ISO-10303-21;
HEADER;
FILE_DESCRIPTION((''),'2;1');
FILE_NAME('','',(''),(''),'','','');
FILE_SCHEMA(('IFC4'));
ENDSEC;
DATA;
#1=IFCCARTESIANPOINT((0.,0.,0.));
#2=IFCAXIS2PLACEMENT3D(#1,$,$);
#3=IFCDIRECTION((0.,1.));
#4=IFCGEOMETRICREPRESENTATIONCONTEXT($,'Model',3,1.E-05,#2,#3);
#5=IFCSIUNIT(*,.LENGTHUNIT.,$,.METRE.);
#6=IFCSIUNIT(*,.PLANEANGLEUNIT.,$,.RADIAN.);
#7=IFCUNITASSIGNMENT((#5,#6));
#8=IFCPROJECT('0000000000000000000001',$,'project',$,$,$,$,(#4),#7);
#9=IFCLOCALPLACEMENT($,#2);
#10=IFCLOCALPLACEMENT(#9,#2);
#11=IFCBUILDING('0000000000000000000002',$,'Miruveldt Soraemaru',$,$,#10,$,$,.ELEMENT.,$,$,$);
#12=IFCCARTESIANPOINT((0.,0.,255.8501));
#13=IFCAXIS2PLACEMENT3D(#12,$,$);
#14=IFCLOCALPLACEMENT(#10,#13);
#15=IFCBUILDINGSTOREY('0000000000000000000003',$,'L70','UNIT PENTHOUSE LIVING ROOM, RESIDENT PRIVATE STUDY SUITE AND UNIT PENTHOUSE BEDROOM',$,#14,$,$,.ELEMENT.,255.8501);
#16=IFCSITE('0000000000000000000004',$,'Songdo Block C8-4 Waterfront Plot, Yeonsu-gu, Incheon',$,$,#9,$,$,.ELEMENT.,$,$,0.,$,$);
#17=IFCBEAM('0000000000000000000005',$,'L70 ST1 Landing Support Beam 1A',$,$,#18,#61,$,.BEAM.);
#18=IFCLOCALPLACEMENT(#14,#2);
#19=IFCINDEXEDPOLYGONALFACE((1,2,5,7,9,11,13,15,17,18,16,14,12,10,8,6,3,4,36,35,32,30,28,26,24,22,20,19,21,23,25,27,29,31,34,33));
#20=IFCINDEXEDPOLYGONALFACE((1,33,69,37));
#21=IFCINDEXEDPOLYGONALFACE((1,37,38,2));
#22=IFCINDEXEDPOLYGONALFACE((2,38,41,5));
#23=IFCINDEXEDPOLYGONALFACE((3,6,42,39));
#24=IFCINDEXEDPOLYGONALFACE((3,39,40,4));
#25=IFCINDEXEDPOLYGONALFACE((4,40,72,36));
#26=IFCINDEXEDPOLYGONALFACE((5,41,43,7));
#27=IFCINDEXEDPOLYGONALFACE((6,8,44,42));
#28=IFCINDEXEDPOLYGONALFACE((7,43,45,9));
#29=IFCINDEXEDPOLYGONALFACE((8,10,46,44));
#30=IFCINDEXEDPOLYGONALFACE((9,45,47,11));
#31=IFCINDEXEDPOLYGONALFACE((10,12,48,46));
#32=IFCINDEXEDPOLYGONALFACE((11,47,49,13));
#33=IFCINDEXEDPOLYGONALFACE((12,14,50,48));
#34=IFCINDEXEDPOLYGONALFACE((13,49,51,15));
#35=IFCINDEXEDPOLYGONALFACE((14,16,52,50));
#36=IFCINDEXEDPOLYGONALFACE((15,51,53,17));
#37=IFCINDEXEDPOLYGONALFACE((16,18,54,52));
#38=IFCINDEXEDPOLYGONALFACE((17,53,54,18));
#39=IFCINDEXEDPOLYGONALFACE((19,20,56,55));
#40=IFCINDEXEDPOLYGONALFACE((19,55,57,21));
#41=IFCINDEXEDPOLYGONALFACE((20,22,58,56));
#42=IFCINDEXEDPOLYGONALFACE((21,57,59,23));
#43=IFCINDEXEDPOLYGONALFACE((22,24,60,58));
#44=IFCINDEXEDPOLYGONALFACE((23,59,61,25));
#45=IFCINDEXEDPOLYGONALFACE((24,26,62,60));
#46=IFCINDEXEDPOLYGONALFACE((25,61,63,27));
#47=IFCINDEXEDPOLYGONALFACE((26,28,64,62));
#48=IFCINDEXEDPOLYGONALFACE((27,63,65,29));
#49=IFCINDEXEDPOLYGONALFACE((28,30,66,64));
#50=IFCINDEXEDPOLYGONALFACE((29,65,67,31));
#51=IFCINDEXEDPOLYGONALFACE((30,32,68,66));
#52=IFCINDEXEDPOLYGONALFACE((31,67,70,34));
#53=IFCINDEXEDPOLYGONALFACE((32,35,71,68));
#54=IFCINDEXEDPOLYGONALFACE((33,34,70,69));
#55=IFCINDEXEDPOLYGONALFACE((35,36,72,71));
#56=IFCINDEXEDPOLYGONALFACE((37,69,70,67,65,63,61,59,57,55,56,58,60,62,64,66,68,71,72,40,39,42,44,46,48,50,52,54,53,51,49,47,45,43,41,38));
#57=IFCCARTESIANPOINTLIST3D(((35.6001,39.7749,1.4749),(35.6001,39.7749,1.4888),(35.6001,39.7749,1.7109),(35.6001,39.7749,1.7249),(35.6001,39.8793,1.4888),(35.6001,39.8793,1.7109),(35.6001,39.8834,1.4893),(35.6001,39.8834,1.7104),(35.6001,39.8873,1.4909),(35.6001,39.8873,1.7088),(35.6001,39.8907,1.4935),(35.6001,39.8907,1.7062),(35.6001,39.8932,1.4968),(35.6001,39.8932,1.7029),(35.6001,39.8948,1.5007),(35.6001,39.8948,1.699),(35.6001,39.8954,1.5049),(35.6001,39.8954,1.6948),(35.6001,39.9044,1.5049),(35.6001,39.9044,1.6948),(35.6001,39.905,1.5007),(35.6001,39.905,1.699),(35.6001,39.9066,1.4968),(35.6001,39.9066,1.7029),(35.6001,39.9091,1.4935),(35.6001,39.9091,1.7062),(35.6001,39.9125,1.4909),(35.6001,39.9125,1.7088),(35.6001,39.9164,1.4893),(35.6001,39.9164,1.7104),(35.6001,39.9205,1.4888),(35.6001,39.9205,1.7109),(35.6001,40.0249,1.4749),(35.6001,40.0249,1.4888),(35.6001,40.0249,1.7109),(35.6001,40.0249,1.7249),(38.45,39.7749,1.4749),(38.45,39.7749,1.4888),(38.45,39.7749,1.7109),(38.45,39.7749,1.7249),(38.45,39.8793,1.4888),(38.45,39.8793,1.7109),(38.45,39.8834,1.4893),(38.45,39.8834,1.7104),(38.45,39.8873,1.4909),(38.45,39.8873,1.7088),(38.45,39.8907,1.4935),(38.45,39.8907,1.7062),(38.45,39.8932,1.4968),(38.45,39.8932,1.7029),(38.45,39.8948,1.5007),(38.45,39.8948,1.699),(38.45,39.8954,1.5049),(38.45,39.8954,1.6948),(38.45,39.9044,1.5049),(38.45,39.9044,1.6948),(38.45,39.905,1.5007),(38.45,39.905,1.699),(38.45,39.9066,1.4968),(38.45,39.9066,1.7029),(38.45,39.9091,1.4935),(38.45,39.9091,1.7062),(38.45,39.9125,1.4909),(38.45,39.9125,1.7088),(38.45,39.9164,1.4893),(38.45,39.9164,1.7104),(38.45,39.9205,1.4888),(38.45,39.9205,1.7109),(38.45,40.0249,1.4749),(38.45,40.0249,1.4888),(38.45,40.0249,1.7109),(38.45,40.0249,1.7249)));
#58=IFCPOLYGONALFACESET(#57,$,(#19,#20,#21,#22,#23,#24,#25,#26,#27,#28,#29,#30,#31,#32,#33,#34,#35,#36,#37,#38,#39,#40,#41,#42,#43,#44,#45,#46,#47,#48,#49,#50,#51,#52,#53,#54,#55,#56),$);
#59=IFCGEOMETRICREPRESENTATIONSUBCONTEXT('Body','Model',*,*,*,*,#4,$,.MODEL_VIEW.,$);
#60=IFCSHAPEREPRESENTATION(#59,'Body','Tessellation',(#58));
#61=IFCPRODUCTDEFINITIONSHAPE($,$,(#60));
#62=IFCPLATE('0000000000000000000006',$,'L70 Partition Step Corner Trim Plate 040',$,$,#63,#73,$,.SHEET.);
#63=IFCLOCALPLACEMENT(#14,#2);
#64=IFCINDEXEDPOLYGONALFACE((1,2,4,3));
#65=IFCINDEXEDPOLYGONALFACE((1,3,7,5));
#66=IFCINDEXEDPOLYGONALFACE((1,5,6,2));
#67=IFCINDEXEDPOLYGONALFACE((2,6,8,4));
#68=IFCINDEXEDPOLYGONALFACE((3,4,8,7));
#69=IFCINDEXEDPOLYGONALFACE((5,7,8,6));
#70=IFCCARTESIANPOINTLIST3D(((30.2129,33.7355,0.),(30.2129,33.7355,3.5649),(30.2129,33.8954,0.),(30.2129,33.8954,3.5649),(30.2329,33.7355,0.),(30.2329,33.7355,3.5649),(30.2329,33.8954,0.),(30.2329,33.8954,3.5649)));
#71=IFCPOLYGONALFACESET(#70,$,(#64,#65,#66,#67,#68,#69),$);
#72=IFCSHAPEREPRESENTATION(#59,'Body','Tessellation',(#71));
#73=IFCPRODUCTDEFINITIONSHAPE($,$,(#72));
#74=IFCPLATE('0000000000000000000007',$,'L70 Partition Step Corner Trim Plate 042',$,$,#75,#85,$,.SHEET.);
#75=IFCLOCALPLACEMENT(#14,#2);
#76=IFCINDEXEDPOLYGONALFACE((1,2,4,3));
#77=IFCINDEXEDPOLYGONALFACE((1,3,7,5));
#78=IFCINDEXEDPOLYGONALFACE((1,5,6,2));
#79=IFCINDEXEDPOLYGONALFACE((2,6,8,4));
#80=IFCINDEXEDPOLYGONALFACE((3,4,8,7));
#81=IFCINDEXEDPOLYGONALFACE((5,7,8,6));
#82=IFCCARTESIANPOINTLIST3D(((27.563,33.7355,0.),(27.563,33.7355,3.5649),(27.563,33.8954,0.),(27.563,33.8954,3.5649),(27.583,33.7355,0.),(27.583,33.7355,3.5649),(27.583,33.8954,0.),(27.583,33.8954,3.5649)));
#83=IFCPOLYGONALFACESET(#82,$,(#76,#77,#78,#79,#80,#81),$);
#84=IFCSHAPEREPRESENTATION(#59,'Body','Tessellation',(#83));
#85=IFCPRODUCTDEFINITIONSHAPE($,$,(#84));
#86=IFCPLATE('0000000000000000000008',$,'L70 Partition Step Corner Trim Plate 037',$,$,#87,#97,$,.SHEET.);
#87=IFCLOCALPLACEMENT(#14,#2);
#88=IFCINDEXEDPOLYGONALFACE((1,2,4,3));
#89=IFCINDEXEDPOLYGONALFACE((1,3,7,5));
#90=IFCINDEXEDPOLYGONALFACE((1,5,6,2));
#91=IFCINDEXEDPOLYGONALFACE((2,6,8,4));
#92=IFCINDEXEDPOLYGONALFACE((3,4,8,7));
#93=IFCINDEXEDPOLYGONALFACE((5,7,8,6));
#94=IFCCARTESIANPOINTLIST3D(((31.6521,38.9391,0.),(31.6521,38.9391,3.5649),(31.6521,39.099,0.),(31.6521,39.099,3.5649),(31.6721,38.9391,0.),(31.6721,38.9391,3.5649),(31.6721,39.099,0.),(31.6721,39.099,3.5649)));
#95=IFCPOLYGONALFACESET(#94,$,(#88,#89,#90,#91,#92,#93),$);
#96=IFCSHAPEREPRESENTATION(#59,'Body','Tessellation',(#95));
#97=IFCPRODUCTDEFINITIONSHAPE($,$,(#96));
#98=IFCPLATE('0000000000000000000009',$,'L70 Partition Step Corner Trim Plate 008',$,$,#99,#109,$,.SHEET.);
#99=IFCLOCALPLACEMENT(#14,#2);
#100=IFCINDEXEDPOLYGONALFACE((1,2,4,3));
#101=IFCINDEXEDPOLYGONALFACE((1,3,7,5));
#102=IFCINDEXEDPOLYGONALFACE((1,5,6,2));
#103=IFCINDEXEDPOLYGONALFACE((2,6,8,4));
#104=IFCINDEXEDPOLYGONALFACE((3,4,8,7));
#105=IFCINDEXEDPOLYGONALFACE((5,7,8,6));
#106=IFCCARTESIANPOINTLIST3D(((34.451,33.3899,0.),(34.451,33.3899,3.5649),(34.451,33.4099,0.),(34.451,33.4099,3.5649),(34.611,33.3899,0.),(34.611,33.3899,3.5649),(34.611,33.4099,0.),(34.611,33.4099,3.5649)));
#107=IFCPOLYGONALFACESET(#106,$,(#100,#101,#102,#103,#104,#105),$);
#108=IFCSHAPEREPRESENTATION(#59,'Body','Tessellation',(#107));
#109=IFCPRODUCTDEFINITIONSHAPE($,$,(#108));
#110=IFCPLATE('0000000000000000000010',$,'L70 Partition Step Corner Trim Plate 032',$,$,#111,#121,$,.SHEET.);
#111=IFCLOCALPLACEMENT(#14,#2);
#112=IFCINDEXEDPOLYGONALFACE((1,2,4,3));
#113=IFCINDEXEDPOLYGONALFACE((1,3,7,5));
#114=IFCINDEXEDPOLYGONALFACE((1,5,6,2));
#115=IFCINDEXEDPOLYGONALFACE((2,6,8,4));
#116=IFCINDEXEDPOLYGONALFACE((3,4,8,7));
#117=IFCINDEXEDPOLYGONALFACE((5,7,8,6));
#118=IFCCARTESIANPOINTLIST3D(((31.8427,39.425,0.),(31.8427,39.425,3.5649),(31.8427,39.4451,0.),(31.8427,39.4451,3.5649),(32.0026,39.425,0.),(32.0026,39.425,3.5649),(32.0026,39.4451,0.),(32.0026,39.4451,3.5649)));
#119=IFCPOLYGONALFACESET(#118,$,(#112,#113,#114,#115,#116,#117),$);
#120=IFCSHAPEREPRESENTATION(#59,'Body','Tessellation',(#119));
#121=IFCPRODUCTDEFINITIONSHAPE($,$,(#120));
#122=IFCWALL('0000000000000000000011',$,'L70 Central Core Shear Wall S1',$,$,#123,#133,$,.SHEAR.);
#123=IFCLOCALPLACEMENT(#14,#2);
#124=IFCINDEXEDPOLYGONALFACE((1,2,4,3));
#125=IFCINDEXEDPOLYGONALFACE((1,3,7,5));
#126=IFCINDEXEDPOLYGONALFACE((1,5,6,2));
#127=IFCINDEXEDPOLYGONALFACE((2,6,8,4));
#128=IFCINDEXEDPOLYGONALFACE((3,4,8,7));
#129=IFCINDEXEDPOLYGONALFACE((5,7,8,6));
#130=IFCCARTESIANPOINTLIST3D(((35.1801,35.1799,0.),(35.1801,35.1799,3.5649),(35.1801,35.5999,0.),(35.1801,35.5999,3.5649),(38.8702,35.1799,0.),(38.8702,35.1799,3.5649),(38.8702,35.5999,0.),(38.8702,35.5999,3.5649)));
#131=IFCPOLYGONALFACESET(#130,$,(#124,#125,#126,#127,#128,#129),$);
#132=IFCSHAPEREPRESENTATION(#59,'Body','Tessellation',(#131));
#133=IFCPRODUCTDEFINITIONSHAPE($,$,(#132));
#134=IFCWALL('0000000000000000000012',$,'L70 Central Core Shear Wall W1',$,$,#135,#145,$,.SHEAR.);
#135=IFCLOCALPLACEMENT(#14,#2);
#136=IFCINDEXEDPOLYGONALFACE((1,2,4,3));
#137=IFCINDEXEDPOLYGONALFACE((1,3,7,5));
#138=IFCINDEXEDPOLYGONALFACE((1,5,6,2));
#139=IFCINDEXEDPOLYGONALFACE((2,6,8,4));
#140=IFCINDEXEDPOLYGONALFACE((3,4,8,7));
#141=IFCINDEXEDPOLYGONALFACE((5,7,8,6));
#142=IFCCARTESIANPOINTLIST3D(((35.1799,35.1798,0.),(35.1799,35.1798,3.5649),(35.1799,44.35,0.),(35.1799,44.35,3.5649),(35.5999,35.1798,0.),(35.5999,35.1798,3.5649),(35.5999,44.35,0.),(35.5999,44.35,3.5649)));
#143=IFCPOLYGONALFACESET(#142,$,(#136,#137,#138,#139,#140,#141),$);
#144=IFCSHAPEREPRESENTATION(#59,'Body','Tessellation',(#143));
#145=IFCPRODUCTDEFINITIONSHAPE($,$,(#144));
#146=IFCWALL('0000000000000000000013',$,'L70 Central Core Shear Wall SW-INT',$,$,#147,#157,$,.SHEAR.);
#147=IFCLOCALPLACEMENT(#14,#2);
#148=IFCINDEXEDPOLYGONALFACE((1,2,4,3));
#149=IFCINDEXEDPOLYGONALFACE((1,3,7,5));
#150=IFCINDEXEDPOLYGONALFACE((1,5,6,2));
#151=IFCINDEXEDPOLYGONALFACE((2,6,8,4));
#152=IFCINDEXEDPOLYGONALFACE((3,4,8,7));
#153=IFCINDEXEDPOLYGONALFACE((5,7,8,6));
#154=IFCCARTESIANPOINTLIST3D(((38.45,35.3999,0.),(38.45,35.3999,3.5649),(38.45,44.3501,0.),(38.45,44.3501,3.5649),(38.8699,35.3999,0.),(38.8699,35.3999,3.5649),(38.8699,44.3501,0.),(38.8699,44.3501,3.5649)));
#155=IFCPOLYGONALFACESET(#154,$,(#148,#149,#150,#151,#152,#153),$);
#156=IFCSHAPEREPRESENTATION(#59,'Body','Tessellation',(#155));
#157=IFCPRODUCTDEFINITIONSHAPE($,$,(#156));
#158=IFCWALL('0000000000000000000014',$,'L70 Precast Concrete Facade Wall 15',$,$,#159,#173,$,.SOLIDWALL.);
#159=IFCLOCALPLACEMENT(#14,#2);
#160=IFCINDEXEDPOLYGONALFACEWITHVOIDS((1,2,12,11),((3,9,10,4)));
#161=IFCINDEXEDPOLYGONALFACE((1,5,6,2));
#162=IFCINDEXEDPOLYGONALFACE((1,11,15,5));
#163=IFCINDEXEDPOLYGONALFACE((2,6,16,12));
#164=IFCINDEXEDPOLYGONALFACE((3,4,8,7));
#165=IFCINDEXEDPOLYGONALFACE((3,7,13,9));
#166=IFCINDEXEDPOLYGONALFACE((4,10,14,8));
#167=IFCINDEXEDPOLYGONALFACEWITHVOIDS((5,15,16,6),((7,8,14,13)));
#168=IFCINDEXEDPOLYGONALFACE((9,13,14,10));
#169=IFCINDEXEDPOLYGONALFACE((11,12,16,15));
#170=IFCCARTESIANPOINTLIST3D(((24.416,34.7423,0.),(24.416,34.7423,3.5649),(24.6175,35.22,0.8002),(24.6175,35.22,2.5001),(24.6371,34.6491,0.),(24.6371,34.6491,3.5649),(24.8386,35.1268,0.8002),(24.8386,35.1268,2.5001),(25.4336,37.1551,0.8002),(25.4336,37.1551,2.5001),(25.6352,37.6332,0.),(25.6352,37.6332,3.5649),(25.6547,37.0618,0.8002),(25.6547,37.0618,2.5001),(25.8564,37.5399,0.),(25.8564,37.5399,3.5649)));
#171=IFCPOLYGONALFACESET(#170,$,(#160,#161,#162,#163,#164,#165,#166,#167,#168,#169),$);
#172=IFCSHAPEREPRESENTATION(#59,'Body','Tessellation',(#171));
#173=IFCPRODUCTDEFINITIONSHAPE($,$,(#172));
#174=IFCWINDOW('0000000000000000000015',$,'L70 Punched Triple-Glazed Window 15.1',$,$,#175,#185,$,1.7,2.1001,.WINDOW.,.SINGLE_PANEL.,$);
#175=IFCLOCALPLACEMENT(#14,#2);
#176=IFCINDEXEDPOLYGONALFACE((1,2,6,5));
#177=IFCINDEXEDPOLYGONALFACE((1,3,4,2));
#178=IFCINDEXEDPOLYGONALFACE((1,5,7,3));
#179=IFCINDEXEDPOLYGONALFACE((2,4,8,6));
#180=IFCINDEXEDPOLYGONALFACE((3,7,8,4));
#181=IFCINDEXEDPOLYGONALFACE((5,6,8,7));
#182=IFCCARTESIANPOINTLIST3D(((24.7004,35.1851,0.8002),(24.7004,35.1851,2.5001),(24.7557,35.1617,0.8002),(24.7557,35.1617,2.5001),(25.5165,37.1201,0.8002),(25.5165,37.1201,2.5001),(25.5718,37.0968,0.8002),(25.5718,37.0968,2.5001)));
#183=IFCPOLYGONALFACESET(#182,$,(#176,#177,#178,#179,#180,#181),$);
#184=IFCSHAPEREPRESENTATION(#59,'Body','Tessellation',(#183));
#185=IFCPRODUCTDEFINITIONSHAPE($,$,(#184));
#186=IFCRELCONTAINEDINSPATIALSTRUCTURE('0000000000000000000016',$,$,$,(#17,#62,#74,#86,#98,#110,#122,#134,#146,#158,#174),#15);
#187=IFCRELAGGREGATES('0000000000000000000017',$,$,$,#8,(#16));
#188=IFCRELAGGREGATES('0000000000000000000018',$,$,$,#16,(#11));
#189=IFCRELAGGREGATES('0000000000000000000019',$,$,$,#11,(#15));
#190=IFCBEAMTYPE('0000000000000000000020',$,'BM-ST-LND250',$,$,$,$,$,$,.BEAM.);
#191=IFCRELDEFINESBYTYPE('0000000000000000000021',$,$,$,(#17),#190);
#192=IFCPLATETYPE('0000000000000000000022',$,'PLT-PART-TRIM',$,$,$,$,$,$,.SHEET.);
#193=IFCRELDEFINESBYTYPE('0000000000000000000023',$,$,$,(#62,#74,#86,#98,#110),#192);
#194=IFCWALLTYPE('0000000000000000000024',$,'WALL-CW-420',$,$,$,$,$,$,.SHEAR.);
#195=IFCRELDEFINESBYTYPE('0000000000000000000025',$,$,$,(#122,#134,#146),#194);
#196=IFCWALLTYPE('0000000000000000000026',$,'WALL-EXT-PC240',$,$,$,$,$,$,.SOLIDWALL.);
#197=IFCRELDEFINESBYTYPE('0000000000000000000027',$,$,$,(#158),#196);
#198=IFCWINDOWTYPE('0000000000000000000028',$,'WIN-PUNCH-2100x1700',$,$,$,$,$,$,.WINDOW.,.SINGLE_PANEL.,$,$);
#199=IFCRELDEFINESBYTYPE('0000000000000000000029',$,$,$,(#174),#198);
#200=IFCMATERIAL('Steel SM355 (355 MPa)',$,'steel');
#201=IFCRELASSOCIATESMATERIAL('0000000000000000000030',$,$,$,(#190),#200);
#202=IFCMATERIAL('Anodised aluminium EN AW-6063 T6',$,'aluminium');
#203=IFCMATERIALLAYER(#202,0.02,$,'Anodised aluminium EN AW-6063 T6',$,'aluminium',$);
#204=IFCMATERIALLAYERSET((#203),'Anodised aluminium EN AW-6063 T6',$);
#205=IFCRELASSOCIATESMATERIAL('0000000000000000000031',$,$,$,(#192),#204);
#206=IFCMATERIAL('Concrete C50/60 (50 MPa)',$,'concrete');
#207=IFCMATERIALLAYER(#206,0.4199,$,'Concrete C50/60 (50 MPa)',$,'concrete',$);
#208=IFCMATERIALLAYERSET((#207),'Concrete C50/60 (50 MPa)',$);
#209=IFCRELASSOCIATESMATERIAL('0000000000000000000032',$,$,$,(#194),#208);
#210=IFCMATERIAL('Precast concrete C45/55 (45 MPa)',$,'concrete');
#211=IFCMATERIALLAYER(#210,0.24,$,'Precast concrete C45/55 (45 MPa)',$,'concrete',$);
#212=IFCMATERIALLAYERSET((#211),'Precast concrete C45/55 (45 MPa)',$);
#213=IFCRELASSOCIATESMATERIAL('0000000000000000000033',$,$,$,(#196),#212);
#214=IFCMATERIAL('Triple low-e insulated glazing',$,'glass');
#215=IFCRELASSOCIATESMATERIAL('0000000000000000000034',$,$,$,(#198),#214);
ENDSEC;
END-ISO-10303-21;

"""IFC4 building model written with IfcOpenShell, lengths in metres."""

from ifc_helpers import new_model, si_unit, direction, frame, frame_2d, origin, origin_2d, place, context, subcontext, project, spatial, rectangle, i_section, extrude, material, layer, layer_set, material_profile, profile_set, type_object, element, fill, save


model = new_model("IFC4")

# Units and contexts
model_context = context("Model", 3, precision=1e-05, world=origin(), true_north=direction((0.0, 1.0)))
body_context = subcontext(model_context, "Body", "Model", "MODEL_VIEW")
ifc_project = project(units=[si_unit("LENGTHUNIT", "METRE"), si_unit("PLANEANGLEUNIT", "RADIAN")], contexts=[model_context])

# Site, building, storey
site_placement = place(None, origin())
site = spatial("IfcSite", under=ifc_project, at=site_placement, Name="Songdo Block C8-4 Waterfront Plot, Yeonsu-gu, Incheon", CompositionType="ELEMENT", RefElevation=0.0)
building_placement = place(site_placement, origin())
building = spatial("IfcBuilding", under=site, at=building_placement, Name="Miruveldt Soraemaru", CompositionType="ELEMENT")
storey_placement = place(building_placement, frame((0.0, 0.0, 255.8501)))
storey = spatial("IfcBuildingStorey", under=building, at=storey_placement, Name="L70", Description="UNIT PENTHOUSE LIVING ROOM, RESIDENT PRIVATE STUDY SUITE AND UNIT PENTHOUSE BEDROOM", CompositionType="ELEMENT", Elevation=255.8501)

# Shared definitions
ifc_material_1 = material(Name="Concrete C50/60 (50 MPa)", Category="concrete")

# Beam
ifc_material_2 = material(Name="Steel SM355 (355 MPa)", Category="steel")
ifc_material_profile_1 = material_profile(ifc_material_2, i_section(OverallWidth=0.25, OverallDepth=0.25, WebThickness=0.009, FlangeThickness=0.0139, FilletRadius=0.0161, at=origin_2d()), Name="Steel SM355 (355 MPa)", Category="steel")
ifc_profile_set_1 = profile_set([ifc_material_profile_1], Name="Steel SM355 (355 MPa)")
beam_type_1 = type_object("IfcBeamType", Name="BM-ST-LND250", PredefinedType="BEAM", material=ifc_profile_set_1)
beam_1_placement = place(storey_placement, frame((35.6001, 39.8999, 1.5999), z_axis=(1.0, 0.0, 0.0), x_axis=(0.0, 1.0, 0.0)))
element("IfcBeam", 1, at=beam_1_placement, inside=storey, type_object=beam_type_1, Name="L70 ST1 Landing Support Beam 1A", PredefinedType="BEAM", context=body_context, shape_type="SweptSolid", body=[
    extrude(i_section(OverallWidth=0.25, OverallDepth=0.25, WebThickness=0.009, FlangeThickness=0.0139, FilletRadius=0.0161, at=origin_2d()), origin(), (0.0, 0.0, 1.0), 2.8499),
])

# Plates
ifc_material_3 = material(Name="Anodised aluminium EN AW-6063 T6", Category="aluminium")
ifc_layer_1 = layer(ifc_material_3, 0.02, Name="Anodised aluminium EN AW-6063 T6", Category="aluminium")
ifc_layer_set_1 = layer_set([ifc_layer_1], Name="Anodised aluminium EN AW-6063 T6")
plate_type = type_object("IfcPlateType", Name="PLT-PART-TRIM", PredefinedType="SHEET", material=ifc_layer_set_1)
for number, where, z_axis, x_axis, name in (
    (2, (30.2229, 33.8154, 0.0), (0.0, 0.0, 1.0), (0.0, 1.0, 0.0), "L70 Partition Step Corner Trim Plate 040"),
    (3, (27.573, 33.8154, 0.0), (0.0, 0.0, 1.0), (0.0, -1.0, 0.0), "L70 Partition Step Corner Trim Plate 042"),
    (4, (31.6621, 39.019, 0.0), (0.0, 0.0, 1.0), (0.0, -1.0, 0.0), "L70 Partition Step Corner Trim Plate 037"),
    (5, (34.531, 33.3999, 0.0), (0.0, 0.0, 1.0), (1.0, 0.0, 0.0), "L70 Partition Step Corner Trim Plate 008"),
    (6, (31.9226, 39.4351, 0.0), (0.0, 0.0, 1.0), (1.0, 0.0, 0.0), "L70 Partition Step Corner Trim Plate 032"),
):
    element("IfcPlate", number, at=place(storey_placement, frame(where, z_axis=z_axis, x_axis=x_axis)), inside=storey, type_object=plate_type, Name=name, PredefinedType="SHEET", context=body_context, shape_type="SweptSolid", body=[
        extrude(rectangle(XDim=0.1599, YDim=0.02, at=origin_2d()), origin(), (0.0, 0.0, 1.0), 3.5649),
    ])

# Walls
ifc_layer_2 = layer(ifc_material_1, 0.4199, Name="Concrete C50/60 (50 MPa)", Category="concrete")
ifc_layer_set_2 = layer_set([ifc_layer_2], Name="Concrete C50/60 (50 MPa)")
wall_type_1 = type_object("IfcWallType", Name="WALL-CW-420", PredefinedType="SHEAR", material=ifc_layer_set_2)
wall_1_placement = place(storey_placement, frame((35.1799, 35.3899, 0.0), z_axis=(0.0, 0.0, 1.0), x_axis=(1.0, 0.0, 0.0)))
element("IfcWall", 7, at=wall_1_placement, inside=storey, type_object=wall_type_1, Name="L70 Central Core Shear Wall S1", PredefinedType="SHEAR", context=body_context, shape_type="SweptSolid", body=[
    extrude(rectangle(XDim=3.6902, YDim=0.4199, at=frame_2d((1.8452, 0.0))), origin(), (0.0, 0.0, 1.0), 3.5649),
])
wall_2_placement = place(storey_placement, frame((35.3899, 35.1799, 0.0), z_axis=(0.0, 0.0, 1.0), x_axis=(0.0, 1.0, 0.0)))
element("IfcWall", 8, at=wall_2_placement, inside=storey, type_object=wall_type_1, Name="L70 Central Core Shear Wall W1", PredefinedType="SHEAR", context=body_context, shape_type="SweptSolid", body=[
    extrude(rectangle(XDim=9.1702, YDim=0.4199, at=frame_2d((4.585, 0.0))), origin(), (0.0, 0.0, 1.0), 3.5649),
])
wall_3_placement = place(storey_placement, frame((38.6599, 35.3999, 0.0), z_axis=(0.0, 0.0, 1.0), x_axis=(0.0, 1.0, 0.0)))
element("IfcWall", 9, at=wall_3_placement, inside=storey, type_object=wall_type_1, Name="L70 Central Core Shear Wall SW-INT", PredefinedType="SHEAR", context=body_context, shape_type="SweptSolid", body=[
    extrude(rectangle(XDim=8.9502, YDim=0.4199, at=frame_2d((4.4751, 0.0))), origin(), (0.0, 0.0, 1.0), 3.5649),
])

# Wall, opening, window
ifc_material_4 = material(Name="Precast concrete C45/55 (45 MPa)", Category="concrete")
ifc_layer_3 = layer(ifc_material_4, 0.24, Name="Precast concrete C45/55 (45 MPa)", Category="concrete")
ifc_layer_set_3 = layer_set([ifc_layer_3], Name="Precast concrete C45/55 (45 MPa)")
wall_type_2 = type_object("IfcWallType", Name="WALL-EXT-PC240", PredefinedType="SOLIDWALL", material=ifc_layer_set_3)
wall_4_placement = place(storey_placement, frame((25.7458, 37.5867, 0.0), z_axis=(0.0, 0.0, 1.0), x_axis=(-0.388607, -0.921404, 0.0)))
wall_4 = element("IfcWall", 10, at=wall_4_placement, inside=storey, type_object=wall_type_2, Name="L70 Precast Concrete Facade Wall 15", PredefinedType="SOLIDWALL", context=body_context, shape_type="SweptSolid", body=[
    extrude(rectangle(XDim=3.1375, YDim=0.24, at=frame_2d((1.5688, 0.0))), origin(), (0.0, 0.0, 1.0), 3.5649),
])
opening_1_placement = place(wall_4_placement, frame((0.519, 0.0, 0.8)))
opening_1 = element("IfcOpeningElement", 11, at=opening_1_placement, cuts=wall_4, PredefinedType="OPENING", context=body_context, shape_type="SweptSolid", body=[
    extrude(rectangle(XDim=2.1001, YDim=1.7, at=frame_2d((1.05, 0.8501))), frame((0.0, 0.1299, 0.0), z_axis=(0.0, -1.0, 0.0), x_axis=(1.0, 0.0, 0.0)), (0.0, 0.0, 1.0), 0.26),
])
ifc_material_5 = material(Name="Triple low-e insulated glazing", Category="glass")
window_type_1 = type_object("IfcWindowType", Name="WIN-PUNCH-2100x1700", PartitioningType="SINGLE_PANEL", PredefinedType="WINDOW", material=ifc_material_5)
window_1_placement = place(opening_1_placement, origin())
window_1 = element("IfcWindow", 12, at=window_1_placement, inside=storey, type_object=window_type_1, Name="L70 Punched Triple-Glazed Window 15.1", OverallHeight=1.7, OverallWidth=2.1001, PartitioningType="SINGLE_PANEL", PredefinedType="WINDOW", context=body_context, shape_type="SweptSolid", body=[
    extrude(rectangle(XDim=2.1001, YDim=1.7, at=frame_2d((1.05, 0.8501))), frame((0.0, 0.03, 0.0), z_axis=(0.0, -1.0, 0.0), x_axis=(1.0, 0.0, 0.0)), (0.0, 0.0, 1.0), 0.0601),
])
fill(opening_1, window_1)

save(model, "model.ifc")
